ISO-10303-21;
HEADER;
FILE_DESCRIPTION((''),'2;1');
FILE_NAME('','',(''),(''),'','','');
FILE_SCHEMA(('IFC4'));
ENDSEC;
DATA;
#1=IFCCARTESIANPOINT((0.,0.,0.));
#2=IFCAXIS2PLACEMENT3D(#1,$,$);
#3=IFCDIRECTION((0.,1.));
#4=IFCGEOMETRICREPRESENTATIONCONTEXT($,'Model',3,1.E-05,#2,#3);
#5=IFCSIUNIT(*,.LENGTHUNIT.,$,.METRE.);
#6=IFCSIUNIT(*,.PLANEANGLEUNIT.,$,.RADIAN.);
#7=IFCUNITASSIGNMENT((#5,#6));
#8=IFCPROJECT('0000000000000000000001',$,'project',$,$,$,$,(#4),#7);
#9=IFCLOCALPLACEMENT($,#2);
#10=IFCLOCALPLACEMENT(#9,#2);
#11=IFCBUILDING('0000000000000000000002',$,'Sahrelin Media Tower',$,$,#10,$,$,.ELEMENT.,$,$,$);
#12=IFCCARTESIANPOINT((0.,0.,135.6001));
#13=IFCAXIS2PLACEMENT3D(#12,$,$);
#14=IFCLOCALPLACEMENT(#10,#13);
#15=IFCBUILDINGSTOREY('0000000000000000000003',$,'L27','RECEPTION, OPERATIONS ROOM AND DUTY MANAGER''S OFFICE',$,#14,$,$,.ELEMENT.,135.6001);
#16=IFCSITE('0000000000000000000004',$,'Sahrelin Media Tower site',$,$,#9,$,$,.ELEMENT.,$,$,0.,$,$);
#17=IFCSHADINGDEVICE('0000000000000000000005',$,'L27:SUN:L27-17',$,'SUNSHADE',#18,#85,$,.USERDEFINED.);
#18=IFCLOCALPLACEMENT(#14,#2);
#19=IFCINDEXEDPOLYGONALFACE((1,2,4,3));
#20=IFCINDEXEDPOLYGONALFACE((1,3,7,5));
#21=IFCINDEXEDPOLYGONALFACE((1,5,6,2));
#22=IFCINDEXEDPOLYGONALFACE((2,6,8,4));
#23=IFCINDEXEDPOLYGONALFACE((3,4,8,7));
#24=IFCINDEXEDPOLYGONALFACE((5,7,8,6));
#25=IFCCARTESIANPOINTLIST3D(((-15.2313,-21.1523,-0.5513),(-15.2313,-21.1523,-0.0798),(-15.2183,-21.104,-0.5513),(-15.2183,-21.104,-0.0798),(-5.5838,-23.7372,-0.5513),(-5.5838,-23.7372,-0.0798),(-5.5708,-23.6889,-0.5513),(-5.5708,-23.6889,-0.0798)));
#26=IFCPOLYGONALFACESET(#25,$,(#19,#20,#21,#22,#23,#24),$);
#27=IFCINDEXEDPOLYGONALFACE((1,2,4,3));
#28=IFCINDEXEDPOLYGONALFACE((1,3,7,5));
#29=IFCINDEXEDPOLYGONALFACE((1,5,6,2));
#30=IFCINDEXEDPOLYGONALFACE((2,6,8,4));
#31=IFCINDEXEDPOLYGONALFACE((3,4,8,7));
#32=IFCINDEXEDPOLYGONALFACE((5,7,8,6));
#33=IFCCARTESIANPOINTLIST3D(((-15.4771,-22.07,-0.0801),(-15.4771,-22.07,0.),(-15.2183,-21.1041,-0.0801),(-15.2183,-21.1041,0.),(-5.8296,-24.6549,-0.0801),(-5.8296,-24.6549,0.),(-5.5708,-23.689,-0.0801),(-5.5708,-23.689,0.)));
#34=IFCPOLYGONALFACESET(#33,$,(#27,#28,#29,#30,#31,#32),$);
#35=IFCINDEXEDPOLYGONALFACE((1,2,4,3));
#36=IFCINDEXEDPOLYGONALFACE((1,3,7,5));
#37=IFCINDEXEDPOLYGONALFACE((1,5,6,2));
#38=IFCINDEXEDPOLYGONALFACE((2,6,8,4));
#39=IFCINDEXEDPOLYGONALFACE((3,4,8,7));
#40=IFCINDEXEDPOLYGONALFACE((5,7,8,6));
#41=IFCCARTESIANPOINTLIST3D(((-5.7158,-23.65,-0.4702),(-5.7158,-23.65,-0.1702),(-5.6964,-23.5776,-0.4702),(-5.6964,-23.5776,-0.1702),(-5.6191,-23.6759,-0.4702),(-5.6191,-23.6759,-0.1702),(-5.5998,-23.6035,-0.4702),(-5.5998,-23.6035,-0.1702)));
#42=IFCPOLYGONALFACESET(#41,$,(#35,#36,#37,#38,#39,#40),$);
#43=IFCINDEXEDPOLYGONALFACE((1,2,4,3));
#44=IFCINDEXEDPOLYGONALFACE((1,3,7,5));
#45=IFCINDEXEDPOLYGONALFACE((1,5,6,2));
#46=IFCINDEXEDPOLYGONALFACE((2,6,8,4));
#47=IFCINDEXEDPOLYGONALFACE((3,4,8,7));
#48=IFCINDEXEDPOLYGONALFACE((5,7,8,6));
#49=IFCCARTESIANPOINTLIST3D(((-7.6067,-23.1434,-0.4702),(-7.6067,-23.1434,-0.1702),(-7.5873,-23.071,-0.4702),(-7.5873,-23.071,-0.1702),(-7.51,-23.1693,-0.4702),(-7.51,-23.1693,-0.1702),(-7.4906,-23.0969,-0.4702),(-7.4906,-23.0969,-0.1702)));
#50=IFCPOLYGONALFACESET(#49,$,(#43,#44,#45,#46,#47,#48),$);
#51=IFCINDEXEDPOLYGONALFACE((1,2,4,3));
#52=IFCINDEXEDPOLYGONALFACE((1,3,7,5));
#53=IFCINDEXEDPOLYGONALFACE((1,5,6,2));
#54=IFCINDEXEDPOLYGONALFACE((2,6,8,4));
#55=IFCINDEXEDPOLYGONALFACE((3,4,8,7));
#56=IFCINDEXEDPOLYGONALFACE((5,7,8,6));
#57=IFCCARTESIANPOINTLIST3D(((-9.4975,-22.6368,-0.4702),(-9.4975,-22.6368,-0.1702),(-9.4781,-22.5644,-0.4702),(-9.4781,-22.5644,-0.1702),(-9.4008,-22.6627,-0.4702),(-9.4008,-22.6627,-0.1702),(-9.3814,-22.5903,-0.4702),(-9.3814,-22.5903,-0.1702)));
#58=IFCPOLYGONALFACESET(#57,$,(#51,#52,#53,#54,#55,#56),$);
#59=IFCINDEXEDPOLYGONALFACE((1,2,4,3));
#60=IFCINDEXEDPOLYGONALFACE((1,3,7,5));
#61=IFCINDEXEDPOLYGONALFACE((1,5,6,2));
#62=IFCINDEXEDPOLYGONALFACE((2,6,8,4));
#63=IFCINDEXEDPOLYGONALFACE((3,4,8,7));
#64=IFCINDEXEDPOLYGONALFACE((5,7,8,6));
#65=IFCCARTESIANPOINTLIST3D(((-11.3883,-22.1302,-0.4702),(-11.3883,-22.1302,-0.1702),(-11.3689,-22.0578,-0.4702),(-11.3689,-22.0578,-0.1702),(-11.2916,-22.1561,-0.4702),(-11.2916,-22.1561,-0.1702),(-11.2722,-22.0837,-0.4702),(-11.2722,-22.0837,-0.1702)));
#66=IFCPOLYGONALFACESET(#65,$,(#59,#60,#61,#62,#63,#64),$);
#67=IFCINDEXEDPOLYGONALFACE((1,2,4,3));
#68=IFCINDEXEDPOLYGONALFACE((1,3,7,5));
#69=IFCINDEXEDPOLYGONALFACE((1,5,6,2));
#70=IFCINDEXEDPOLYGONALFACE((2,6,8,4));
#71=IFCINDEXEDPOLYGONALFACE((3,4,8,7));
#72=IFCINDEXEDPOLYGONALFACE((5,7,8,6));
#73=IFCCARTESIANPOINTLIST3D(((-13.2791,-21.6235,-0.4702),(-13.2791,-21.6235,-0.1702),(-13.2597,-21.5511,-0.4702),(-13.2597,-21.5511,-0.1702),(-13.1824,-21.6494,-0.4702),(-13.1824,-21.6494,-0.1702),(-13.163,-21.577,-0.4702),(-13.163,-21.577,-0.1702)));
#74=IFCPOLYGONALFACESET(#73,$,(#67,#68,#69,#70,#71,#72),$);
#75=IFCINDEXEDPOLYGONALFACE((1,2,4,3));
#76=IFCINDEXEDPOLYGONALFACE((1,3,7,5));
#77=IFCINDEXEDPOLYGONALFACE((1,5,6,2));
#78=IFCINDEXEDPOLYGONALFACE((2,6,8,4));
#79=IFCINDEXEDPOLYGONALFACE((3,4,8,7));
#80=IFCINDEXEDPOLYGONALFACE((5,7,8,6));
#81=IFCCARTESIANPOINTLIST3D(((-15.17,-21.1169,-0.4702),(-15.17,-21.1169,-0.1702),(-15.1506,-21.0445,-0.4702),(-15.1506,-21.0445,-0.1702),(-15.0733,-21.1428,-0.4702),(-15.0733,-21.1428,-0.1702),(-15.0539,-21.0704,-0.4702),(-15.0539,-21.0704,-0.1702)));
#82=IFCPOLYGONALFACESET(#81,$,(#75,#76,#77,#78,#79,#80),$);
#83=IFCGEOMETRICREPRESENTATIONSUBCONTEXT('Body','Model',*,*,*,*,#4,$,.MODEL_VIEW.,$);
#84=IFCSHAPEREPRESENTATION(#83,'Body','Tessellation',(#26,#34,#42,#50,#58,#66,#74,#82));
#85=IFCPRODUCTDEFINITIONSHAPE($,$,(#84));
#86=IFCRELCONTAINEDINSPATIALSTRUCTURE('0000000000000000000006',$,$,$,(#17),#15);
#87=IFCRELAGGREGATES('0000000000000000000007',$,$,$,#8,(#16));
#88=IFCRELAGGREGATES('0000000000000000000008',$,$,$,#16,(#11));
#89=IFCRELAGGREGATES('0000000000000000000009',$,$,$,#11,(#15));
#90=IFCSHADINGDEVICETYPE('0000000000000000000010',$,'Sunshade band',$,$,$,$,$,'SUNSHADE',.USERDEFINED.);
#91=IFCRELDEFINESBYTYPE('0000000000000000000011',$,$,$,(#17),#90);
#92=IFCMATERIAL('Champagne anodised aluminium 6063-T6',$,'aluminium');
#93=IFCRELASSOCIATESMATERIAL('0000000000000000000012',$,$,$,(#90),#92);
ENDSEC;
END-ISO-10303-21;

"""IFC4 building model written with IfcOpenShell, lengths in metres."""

from ifc_helpers import new_model, si_unit, direction, frame, origin, origin_2d, place, context, subcontext, project, spatial, rectangle, extrude, material, type_object, element, save


model = new_model("IFC4")

# Units and contexts
model_context = context("Model", 3, precision=1e-05, world=origin(), true_north=direction((0.0, 1.0)))
body_context = subcontext(model_context, "Body", "Model", "MODEL_VIEW")
ifc_project = project(units=[si_unit("LENGTHUNIT", "METRE"), si_unit("PLANEANGLEUNIT", "RADIAN")], contexts=[model_context])

# Site, building, storey
site_placement = place(None, origin())
site = spatial("IfcSite", under=ifc_project, at=site_placement, Name="Sahrelin Media Tower site", CompositionType="ELEMENT", RefElevation=0.0)
building_placement = place(site_placement, origin())
building = spatial("IfcBuilding", under=site, at=building_placement, Name="Sahrelin Media Tower", CompositionType="ELEMENT")
storey_placement = place(building_placement, frame((0.0, 0.0, 135.6001)))
storey = spatial("IfcBuildingStorey", under=building, at=storey_placement, Name="L27", Description="RECEPTION, OPERATIONS ROOM AND DUTY MANAGER'S OFFICE", CompositionType="ELEMENT", Elevation=135.6001)

# Shared definitions
ifc_material_1 = material(Name="Champagne anodised aluminium 6063-T6", Category="aluminium")

# Shading device
placement = place(storey_placement, frame((-10.3894, -22.3772, 0.0), z_axis=(0.0, 0.0, 1.0), x_axis=(-0.965929, 0.258808, 0.0)))
shading_device_type_1 = type_object("IfcShadingDeviceType", Name="Sunshade band", ElementType="SUNSHADE", PredefinedType="USERDEFINED", material=ifc_material_1)
element("IfcShadingDevice", 1, at=placement, inside=storey, type_object=shading_device_type_1, Name="L27:SUN:L27-17", ObjectType="SUNSHADE", PredefinedType="USERDEFINED", context=body_context, shape_type="SweptSolid", body=[
    extrude(rectangle(XDim=9.9878, YDim=0.05, at=origin_2d()), frame((0.0, 0.0449, -0.5513)), (0.0, 0.0, 1.0), 0.4714),
    extrude(rectangle(XDim=9.9878, YDim=1.0, at=origin_2d()), frame((0.0, 0.52, -0.0801)), (0.0, 0.0, 1.0), 0.0801),
    extrude(rectangle(XDim=0.1001, YDim=0.075, at=origin_2d()), frame((-4.8938, -0.0176, -0.4702)), (0.0, 0.0, 1.0), 0.3),
    extrude(rectangle(XDim=0.1001, YDim=0.075, at=origin_2d()), frame((-2.9363, -0.0176, -0.4702)), (0.0, 0.0, 1.0), 0.3),
    extrude(rectangle(XDim=0.1001, YDim=0.075, at=origin_2d()), frame((-0.9788, -0.0176, -0.4702)), (0.0, 0.0, 1.0), 0.3),
    extrude(rectangle(XDim=0.1001, YDim=0.075, at=origin_2d()), frame((0.9788, -0.0176, -0.4702)), (0.0, 0.0, 1.0), 0.3),
    extrude(rectangle(XDim=0.1001, YDim=0.075, at=origin_2d()), frame((2.9363, -0.0176, -0.4702)), (0.0, 0.0, 1.0), 0.3),
    extrude(rectangle(XDim=0.1001, YDim=0.075, at=origin_2d()), frame((4.8938, -0.0176, -0.4702)), (0.0, 0.0, 1.0), 0.3),
])

save(model, "model.ifc")
